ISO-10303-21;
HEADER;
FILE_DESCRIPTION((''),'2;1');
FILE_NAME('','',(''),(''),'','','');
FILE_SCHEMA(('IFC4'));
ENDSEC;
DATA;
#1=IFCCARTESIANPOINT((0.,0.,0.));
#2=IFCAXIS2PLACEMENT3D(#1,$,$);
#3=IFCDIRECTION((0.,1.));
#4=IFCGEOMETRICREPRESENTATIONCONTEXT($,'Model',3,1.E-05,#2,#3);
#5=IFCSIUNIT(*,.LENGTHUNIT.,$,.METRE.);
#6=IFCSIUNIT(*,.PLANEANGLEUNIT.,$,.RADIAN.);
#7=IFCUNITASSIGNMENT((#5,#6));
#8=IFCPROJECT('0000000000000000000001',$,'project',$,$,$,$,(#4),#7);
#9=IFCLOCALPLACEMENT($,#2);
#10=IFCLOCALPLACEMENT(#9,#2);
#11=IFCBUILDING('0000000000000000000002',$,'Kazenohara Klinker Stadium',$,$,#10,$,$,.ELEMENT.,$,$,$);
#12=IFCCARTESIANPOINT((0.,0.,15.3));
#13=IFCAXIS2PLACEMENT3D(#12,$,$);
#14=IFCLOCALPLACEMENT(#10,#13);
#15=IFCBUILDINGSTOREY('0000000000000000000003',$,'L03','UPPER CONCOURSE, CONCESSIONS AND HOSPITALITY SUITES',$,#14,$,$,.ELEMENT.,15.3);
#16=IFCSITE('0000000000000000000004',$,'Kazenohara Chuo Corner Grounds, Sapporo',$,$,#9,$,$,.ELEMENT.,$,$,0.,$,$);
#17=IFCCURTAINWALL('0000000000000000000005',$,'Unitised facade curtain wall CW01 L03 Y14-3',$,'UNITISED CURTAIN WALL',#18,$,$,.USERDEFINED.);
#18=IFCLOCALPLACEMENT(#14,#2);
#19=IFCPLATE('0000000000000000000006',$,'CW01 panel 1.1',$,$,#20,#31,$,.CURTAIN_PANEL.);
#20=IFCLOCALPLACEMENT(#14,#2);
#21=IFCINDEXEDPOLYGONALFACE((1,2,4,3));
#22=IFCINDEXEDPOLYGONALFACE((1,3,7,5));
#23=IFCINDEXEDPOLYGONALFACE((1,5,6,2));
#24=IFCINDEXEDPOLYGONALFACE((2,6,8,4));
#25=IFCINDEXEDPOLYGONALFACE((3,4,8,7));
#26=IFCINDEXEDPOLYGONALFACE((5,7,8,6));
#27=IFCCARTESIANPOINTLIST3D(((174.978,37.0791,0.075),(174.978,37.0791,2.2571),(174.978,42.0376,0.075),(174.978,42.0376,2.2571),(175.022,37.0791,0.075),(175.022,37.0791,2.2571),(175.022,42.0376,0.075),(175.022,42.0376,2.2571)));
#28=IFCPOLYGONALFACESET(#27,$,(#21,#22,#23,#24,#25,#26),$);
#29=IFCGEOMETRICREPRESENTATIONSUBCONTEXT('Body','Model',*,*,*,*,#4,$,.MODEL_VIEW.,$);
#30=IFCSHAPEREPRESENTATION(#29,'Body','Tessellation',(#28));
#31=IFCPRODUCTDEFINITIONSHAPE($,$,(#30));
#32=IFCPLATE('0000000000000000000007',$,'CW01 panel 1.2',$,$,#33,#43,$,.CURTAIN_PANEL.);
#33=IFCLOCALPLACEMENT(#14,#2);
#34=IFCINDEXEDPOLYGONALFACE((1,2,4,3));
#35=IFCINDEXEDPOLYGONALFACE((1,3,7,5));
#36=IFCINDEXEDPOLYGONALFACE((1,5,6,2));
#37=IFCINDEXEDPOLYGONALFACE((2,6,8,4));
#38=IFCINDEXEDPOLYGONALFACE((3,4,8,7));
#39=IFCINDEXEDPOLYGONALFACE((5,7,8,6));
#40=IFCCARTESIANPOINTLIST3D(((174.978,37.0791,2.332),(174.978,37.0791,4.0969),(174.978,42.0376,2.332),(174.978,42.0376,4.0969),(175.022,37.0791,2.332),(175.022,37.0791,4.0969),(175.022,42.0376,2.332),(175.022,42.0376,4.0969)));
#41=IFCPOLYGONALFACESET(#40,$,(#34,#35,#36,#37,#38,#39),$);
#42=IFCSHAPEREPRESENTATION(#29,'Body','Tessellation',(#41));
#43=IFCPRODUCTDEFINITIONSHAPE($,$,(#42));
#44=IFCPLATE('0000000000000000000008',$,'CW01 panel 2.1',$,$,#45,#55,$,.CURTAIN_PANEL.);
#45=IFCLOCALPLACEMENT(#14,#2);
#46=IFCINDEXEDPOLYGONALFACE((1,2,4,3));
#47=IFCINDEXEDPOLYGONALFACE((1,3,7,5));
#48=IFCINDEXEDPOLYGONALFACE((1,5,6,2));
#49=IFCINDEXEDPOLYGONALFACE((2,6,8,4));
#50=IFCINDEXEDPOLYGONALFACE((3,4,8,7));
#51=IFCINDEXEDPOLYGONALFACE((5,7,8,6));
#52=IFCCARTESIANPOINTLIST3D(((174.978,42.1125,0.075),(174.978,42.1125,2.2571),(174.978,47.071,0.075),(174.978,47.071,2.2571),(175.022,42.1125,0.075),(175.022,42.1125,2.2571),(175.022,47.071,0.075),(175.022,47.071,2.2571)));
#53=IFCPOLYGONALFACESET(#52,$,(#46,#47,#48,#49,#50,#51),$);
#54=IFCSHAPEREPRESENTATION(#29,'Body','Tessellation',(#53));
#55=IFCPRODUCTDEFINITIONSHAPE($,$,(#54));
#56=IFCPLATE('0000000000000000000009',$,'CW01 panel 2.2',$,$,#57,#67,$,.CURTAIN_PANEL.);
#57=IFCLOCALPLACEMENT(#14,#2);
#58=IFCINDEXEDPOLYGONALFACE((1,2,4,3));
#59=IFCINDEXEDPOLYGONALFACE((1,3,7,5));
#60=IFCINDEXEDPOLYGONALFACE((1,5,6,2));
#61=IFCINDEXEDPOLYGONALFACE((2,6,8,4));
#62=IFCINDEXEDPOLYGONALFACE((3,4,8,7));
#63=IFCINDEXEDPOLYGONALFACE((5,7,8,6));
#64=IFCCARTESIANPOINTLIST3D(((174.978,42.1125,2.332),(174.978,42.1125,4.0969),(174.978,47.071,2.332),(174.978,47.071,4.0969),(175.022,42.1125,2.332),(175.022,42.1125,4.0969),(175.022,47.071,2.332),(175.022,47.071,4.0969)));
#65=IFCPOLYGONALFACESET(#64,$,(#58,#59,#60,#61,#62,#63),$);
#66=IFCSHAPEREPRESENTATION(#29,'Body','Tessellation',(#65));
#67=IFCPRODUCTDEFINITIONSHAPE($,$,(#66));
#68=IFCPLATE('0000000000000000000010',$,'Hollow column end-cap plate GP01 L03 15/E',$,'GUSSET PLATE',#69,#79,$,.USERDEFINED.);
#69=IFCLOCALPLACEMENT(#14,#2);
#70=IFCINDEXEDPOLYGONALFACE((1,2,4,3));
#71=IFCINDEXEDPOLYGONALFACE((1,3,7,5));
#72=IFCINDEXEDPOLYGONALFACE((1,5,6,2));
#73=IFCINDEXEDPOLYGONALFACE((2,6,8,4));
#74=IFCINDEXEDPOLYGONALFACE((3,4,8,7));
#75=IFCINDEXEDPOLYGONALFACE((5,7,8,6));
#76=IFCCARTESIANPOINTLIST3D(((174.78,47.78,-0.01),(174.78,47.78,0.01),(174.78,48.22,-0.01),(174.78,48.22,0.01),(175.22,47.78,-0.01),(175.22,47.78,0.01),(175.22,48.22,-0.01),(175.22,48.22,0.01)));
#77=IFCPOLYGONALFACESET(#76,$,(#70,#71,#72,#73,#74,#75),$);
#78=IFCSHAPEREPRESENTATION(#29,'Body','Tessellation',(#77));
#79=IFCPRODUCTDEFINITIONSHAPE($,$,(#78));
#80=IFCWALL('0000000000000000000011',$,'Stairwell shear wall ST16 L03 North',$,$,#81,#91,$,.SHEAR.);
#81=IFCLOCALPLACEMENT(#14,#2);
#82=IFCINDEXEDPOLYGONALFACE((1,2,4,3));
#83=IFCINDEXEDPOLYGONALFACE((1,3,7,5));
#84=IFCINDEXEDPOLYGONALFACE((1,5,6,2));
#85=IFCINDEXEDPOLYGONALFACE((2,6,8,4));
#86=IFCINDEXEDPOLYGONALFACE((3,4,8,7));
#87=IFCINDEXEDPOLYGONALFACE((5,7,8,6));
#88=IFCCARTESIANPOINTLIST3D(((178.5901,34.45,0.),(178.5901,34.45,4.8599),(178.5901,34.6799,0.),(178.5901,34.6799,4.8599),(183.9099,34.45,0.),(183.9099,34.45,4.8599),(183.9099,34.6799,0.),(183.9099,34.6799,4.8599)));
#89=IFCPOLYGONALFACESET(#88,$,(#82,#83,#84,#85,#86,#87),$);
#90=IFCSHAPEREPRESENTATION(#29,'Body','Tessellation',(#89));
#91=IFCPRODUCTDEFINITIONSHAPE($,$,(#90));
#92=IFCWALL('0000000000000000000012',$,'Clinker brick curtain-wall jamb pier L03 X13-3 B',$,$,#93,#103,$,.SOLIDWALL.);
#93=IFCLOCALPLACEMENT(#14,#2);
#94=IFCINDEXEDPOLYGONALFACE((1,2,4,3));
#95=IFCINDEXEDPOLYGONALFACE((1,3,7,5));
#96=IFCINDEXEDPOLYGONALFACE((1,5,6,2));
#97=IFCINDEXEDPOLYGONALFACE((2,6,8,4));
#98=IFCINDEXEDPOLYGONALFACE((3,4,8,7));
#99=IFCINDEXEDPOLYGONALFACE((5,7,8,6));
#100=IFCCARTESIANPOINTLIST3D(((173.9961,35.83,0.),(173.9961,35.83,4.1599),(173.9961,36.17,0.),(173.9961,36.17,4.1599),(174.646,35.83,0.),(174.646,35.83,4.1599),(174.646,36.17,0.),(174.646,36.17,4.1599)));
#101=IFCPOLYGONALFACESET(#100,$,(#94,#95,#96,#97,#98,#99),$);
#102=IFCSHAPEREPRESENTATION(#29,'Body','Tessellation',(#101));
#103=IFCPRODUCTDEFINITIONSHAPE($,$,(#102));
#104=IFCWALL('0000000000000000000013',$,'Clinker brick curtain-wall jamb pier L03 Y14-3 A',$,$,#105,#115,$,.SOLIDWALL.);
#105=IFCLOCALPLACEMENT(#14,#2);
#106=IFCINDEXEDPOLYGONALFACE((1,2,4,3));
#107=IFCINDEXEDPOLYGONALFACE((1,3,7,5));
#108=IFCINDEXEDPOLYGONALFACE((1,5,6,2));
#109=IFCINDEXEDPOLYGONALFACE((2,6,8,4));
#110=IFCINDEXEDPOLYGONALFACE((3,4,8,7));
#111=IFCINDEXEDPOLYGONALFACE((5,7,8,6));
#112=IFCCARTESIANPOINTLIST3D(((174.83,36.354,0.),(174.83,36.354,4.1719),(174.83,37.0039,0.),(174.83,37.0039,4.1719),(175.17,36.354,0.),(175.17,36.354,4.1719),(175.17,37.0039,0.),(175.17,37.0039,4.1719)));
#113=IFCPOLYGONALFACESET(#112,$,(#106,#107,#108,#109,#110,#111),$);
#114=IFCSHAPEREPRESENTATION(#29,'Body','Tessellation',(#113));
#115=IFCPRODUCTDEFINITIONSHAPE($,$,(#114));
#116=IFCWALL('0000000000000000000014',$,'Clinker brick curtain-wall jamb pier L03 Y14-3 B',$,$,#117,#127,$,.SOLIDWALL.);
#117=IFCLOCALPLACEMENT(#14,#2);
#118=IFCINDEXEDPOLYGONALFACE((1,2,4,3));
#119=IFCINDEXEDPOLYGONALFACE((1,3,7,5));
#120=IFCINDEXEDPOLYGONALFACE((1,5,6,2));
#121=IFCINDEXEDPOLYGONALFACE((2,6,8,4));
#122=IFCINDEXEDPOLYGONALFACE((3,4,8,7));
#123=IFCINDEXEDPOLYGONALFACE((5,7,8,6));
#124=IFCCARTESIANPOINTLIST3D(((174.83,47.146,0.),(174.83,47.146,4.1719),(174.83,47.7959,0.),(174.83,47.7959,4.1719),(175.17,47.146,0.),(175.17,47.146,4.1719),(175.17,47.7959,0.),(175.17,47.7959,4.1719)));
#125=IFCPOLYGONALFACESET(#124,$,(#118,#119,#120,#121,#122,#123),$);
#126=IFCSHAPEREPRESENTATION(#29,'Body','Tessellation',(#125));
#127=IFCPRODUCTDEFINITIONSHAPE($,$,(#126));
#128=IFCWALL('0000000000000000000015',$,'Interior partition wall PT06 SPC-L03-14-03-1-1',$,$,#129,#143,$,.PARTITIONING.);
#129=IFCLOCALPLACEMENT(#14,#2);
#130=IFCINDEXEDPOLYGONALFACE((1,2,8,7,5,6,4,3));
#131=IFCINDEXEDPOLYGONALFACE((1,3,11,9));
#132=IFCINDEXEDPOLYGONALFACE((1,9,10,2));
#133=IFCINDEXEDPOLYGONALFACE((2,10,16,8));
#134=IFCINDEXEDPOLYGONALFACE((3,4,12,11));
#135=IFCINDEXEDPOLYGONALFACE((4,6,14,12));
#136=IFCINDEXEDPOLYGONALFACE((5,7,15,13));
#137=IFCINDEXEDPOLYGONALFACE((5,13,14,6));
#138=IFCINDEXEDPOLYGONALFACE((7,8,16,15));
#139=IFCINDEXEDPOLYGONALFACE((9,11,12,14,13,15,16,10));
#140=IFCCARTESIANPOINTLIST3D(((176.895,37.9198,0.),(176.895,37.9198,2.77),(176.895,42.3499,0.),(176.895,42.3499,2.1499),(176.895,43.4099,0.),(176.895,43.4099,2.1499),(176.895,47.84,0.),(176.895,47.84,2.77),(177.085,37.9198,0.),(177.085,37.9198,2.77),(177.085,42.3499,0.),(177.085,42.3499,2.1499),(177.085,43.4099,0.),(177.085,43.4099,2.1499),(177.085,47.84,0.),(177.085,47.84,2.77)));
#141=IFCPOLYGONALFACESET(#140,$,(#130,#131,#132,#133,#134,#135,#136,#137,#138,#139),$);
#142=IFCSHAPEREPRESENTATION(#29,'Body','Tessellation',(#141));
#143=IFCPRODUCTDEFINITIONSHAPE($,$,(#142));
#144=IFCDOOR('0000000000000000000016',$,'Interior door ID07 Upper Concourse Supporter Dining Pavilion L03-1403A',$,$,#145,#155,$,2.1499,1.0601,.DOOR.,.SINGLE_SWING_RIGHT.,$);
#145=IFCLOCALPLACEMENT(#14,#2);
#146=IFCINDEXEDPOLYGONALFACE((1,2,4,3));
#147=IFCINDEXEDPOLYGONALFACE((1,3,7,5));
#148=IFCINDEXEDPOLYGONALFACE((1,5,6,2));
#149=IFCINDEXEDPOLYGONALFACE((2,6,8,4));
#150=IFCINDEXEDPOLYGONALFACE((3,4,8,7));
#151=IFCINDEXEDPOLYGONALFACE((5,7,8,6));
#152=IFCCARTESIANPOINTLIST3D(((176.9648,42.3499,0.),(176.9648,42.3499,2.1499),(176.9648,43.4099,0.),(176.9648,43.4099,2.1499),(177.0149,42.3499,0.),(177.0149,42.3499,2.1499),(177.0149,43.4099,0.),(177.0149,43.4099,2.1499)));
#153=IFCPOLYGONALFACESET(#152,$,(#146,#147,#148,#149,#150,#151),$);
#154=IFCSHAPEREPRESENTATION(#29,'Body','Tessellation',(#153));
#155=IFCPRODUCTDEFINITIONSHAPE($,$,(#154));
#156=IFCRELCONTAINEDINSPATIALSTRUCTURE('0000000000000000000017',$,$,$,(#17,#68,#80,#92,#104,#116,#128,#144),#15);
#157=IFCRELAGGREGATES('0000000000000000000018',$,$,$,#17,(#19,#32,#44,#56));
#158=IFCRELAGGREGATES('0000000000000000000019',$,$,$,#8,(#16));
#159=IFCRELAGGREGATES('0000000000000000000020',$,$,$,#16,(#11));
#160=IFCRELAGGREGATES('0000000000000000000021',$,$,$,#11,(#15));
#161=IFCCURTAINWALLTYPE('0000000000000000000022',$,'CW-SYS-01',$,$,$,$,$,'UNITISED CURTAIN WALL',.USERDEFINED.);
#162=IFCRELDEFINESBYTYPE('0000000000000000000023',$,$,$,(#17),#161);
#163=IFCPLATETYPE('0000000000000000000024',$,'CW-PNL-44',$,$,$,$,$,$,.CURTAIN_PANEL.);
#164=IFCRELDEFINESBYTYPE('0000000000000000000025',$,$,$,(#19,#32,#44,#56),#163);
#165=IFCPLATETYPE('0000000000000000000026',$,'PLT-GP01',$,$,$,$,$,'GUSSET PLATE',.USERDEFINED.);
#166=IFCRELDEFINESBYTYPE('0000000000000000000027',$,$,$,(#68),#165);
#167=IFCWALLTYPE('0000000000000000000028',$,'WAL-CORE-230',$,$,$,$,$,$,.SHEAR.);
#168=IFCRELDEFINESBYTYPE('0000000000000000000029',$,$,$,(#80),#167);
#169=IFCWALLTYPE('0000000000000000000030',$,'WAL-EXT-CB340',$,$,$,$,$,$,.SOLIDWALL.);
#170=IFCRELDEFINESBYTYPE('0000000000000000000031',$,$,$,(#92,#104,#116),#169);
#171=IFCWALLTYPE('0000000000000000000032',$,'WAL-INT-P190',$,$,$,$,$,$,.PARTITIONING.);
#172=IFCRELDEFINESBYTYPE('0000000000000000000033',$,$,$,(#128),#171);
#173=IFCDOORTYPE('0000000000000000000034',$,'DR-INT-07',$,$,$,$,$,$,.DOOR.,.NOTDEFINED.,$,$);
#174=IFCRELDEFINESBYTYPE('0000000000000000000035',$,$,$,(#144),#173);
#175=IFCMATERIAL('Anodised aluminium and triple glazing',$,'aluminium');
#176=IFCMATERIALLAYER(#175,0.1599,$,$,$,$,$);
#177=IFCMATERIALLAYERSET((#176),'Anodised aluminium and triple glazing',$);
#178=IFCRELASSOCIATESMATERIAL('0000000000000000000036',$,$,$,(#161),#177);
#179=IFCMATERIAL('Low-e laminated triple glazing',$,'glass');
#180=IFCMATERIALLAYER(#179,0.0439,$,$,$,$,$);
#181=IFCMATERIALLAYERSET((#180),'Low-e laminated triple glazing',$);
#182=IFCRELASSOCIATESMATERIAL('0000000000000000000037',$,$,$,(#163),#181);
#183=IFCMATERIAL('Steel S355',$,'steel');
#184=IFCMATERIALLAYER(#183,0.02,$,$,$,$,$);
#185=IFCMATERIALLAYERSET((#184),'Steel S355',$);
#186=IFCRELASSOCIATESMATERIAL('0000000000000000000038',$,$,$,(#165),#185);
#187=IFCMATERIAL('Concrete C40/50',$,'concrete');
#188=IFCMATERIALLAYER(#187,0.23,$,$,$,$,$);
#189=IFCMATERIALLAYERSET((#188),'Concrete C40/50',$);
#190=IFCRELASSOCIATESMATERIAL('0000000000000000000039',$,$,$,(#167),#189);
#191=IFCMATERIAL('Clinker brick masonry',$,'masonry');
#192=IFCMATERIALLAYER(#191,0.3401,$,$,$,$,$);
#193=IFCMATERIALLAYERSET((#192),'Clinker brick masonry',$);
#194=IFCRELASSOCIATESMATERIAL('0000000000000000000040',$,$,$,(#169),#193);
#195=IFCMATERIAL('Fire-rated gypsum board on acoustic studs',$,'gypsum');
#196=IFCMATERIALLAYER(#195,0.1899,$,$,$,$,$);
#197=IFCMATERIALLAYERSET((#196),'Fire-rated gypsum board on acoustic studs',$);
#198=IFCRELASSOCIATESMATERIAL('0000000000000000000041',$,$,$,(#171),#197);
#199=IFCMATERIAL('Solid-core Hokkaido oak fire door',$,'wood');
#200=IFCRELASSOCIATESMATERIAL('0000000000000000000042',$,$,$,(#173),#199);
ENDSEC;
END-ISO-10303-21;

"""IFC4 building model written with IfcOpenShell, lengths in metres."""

from ifc_helpers import new_model, si_unit, direction, frame, frame_2d, origin, origin_2d, place, context, subcontext, project, spatial, rectangle, extrude, material, layer, layer_set, type_object, element, fill, aggregate, save


model = new_model("IFC4")

# Units and contexts
model_context = context("Model", 3, precision=1e-05, world=origin(), true_north=direction((0.0, 1.0)))
body_context = subcontext(model_context, "Body", "Model", "MODEL_VIEW")
ifc_project = project(units=[si_unit("LENGTHUNIT", "METRE"), si_unit("PLANEANGLEUNIT", "RADIAN")], contexts=[model_context])

# Site, building, storey
site_placement = place(None, origin())
site = spatial("IfcSite", under=ifc_project, at=site_placement, Name="Kazenohara Chuo Corner Grounds, Sapporo", CompositionType="ELEMENT", RefElevation=0.0)
building_placement = place(site_placement, origin())
building = spatial("IfcBuilding", under=site, at=building_placement, Name="Kazenohara Klinker Stadium", CompositionType="ELEMENT")
storey_placement = place(building_placement, frame((0.0, 0.0, 15.3)))
storey = spatial("IfcBuildingStorey", under=building, at=storey_placement, Name="L03", Description="UPPER CONCOURSE, CONCESSIONS AND HOSPITALITY SUITES", CompositionType="ELEMENT", Elevation=15.3)

# Shared definitions
ifc_material_1 = material(Name="Concrete C40/50", Category="concrete")
ifc_material_2 = material(Name="Steel S355", Category="steel")

# Shared definitions
ifc_material_3 = material(Name="Anodised aluminium and triple glazing", Category="aluminium")

# Curtain wall
ifc_layer_1 = layer(ifc_material_3, 0.1599)
ifc_layer_set_1 = layer_set([ifc_layer_1], Name="Anodised aluminium and triple glazing")
curtain_wall_type_1 = type_object("IfcCurtainWallType", Name="CW-SYS-01", ElementType="UNITISED CURTAIN WALL", PredefinedType="USERDEFINED", material=ifc_layer_set_1)
curtain_wall_1_placement = place(storey_placement, origin())
curtain_wall_1 = element("IfcCurtainWall", 1, at=curtain_wall_1_placement, inside=storey, type_object=curtain_wall_type_1, Name="Unitised facade curtain wall CW01 L03 Y14-3", ObjectType="UNITISED CURTAIN WALL", PredefinedType="USERDEFINED")

# Plates
ifc_material_4 = material(Name="Low-e laminated triple glazing", Category="glass")
ifc_layer_2 = layer(ifc_material_4, 0.0439)
ifc_layer_set_2 = layer_set([ifc_layer_2], Name="Low-e laminated triple glazing")
plate_type_1 = type_object("IfcPlateType", Name="CW-PNL-44", PredefinedType="CURTAIN_PANEL", material=ifc_layer_set_2)
plate_1_placement = place(storey_placement, frame((175.0, 39.5583, 0.075), z_axis=(0.0, 0.0, 1.0), x_axis=(0.0, 1.0, 0.0)))
plate_1 = element("IfcPlate", 2, at=plate_1_placement, type_object=plate_type_1, Name="CW01 panel 1.1", PredefinedType="CURTAIN_PANEL", context=body_context, shape_type="SweptSolid", body=[
    extrude(rectangle(XDim=4.9585, YDim=0.0439, at=origin_2d()), origin(), (0.0, 0.0, 1.0), 2.1821),
])
plate_2_placement = place(storey_placement, frame((175.0, 39.5583, 2.332), z_axis=(0.0, 0.0, 1.0), x_axis=(0.0, 1.0, 0.0)))
plate_2 = element("IfcPlate", 3, at=plate_2_placement, type_object=plate_type_1, Name="CW01 panel 1.2", PredefinedType="CURTAIN_PANEL", context=body_context, shape_type="SweptSolid", body=[
    extrude(rectangle(XDim=4.9585, YDim=0.0439, at=origin_2d()), origin(), (0.0, 0.0, 1.0), 1.7649),
])
plate_3_placement = place(storey_placement, frame((175.0, 44.5918, 0.075), z_axis=(0.0, 0.0, 1.0), x_axis=(0.0, 1.0, 0.0)))
plate_3 = element("IfcPlate", 4, at=plate_3_placement, type_object=plate_type_1, Name="CW01 panel 2.1", PredefinedType="CURTAIN_PANEL", context=body_context, shape_type="SweptSolid", body=[
    extrude(rectangle(XDim=4.9585, YDim=0.0439, at=origin_2d()), origin(), (0.0, 0.0, 1.0), 2.1821),
])
plate_4_placement = place(storey_placement, frame((175.0, 44.5918, 2.332), z_axis=(0.0, 0.0, 1.0), x_axis=(0.0, 1.0, 0.0)))
plate_4 = element("IfcPlate", 5, at=plate_4_placement, type_object=plate_type_1, Name="CW01 panel 2.2", PredefinedType="CURTAIN_PANEL", context=body_context, shape_type="SweptSolid", body=[
    extrude(rectangle(XDim=4.9585, YDim=0.0439, at=origin_2d()), origin(), (0.0, 0.0, 1.0), 1.7649),
])
aggregate(curtain_wall_1, [plate_1, plate_2, plate_3, plate_4])
ifc_layer_3 = layer(ifc_material_2, 0.02)
ifc_layer_set_3 = layer_set([ifc_layer_3], Name="Steel S355")
plate_type_2 = type_object("IfcPlateType", Name="PLT-GP01", ElementType="GUSSET PLATE", PredefinedType="USERDEFINED", material=ifc_layer_set_3)
plate_5_placement = place(storey_placement, frame((175.0, 48.0, -0.01), z_axis=(0.0, 0.0, 1.0), x_axis=(1.0, 0.0, 0.0)))
element("IfcPlate", 6, at=plate_5_placement, inside=storey, type_object=plate_type_2, Name="Hollow column end-cap plate GP01 L03 15/E", ObjectType="GUSSET PLATE", PredefinedType="USERDEFINED", context=body_context, shape_type="SweptSolid", body=[
    extrude(rectangle(XDim=0.4399, YDim=0.4399, at=origin_2d()), origin(), (0.0, 0.0, 1.0), 0.02),
])

# Walls
ifc_layer_4 = layer(ifc_material_1, 0.23)
ifc_layer_set_4 = layer_set([ifc_layer_4], Name="Concrete C40/50")
wall_type_1 = type_object("IfcWallType", Name="WAL-CORE-230", PredefinedType="SHEAR", material=ifc_layer_set_4)
wall_1_placement = place(storey_placement, frame((178.5901, 34.5649, 0.0), z_axis=(0.0, 0.0, 1.0), x_axis=(1.0, 0.0, 0.0)))
element("IfcWall", 7, at=wall_1_placement, inside=storey, type_object=wall_type_1, Name="Stairwell shear wall ST16 L03 North", PredefinedType="SHEAR", context=body_context, shape_type="SweptSolid", body=[
    extrude(rectangle(XDim=5.3198, YDim=0.23, at=frame_2d((2.6599, 0.0))), origin(), (0.0, 0.0, 1.0), 4.8599),
])
ifc_material_5 = material(Name="Clinker brick masonry", Category="masonry")
ifc_layer_5 = layer(ifc_material_5, 0.3401)
ifc_layer_set_5 = layer_set([ifc_layer_5], Name="Clinker brick masonry")
wall_type_2 = type_object("IfcWallType", Name="WAL-EXT-CB340", PredefinedType="SOLIDWALL", material=ifc_layer_set_5)
wall_2_placement = place(storey_placement, frame((173.9961, 36.0, 0.0), z_axis=(0.0, 0.0, 1.0), x_axis=(1.0, 0.0, 0.0)))
element("IfcWall", 8, at=wall_2_placement, inside=storey, type_object=wall_type_2, Name="Clinker brick curtain-wall jamb pier L03 X13-3 B", PredefinedType="SOLIDWALL", context=body_context, shape_type="SweptSolid", body=[
    extrude(rectangle(XDim=0.6499, YDim=0.3401, at=frame_2d((0.325, 0.0))), origin(), (0.0, 0.0, 1.0), 4.1599),
])
for number, where, z_axis, x_axis, name in (
    (9, (175.0, 36.354, 0.0), (0.0, 0.0, 1.0), (0.0, 1.0, 0.0), "Clinker brick curtain-wall jamb pier L03 Y14-3 A"),
    (10, (175.0, 47.146, 0.0), (0.0, 0.0, 1.0), (0.0, 1.0, 0.0), "Clinker brick curtain-wall jamb pier L03 Y14-3 B"),
):
    element("IfcWall", number, at=place(storey_placement, frame(where, z_axis=z_axis, x_axis=x_axis)), inside=storey, type_object=wall_type_2, Name=name, PredefinedType="SOLIDWALL", context=body_context, shape_type="SweptSolid", body=[
        extrude(rectangle(XDim=0.6499, YDim=0.3401, at=frame_2d((0.325, 0.0))), origin(), (0.0, 0.0, 1.0), 4.1719),
    ])

# Wall, opening, door
ifc_material_6 = material(Name="Fire-rated gypsum board on acoustic studs", Category="gypsum")
ifc_layer_6 = layer(ifc_material_6, 0.1899)
ifc_layer_set_6 = layer_set([ifc_layer_6], Name="Fire-rated gypsum board on acoustic studs")
wall_type_3 = type_object("IfcWallType", Name="WAL-INT-P190", PredefinedType="PARTITIONING", material=ifc_layer_set_6)
wall_3_placement = place(storey_placement, frame((176.99, 37.9199, 0.0), z_axis=(0.0, 0.0, 1.0), x_axis=(0.0, 1.0, 0.0)))
wall_3 = element("IfcWall", 11, at=wall_3_placement, inside=storey, type_object=wall_type_3, Name="Interior partition wall PT06 SPC-L03-14-03-1-1", PredefinedType="PARTITIONING", context=body_context, shape_type="SweptSolid", body=[
    extrude(rectangle(XDim=9.9202, YDim=0.1899, at=frame_2d((4.96, 0.0))), origin(), (0.0, 0.0, 1.0), 2.77),
])
opening_placement = place(wall_3_placement, frame((5.49, 0.0, 0.0), z_axis=(0.0, 0.0, 1.0), x_axis=(-1.0, 0.0, 0.0)))
opening = element("IfcOpeningElement", 12, at=opening_placement, cuts=wall_3, PredefinedType="OPENING", context=body_context, shape_type="SweptSolid", body=[
    extrude(rectangle(XDim=1.0601, YDim=2.1499, at=frame_2d((0.53, 1.075))), frame((0.0, 0.105, 0.0), z_axis=(0.0, -1.0, 0.0), x_axis=(1.0, 0.0, 0.0)), (0.0, 0.0, 1.0), 0.21),
])
ifc_material_7 = material(Name="Solid-core Hokkaido oak fire door", Category="wood")
door_type = type_object("IfcDoorType", Name="DR-INT-07", OperationType="NOTDEFINED", PredefinedType="DOOR", material=ifc_material_7)
door_placement = place(opening_placement, origin())
door = element("IfcDoor", 13, at=door_placement, inside=storey, type_object=door_type, Name="Interior door ID07 Upper Concourse Supporter Dining Pavilion L03-1403A", OperationType="SINGLE_SWING_RIGHT", OverallHeight=2.1499, OverallWidth=1.0601, PredefinedType="DOOR", context=body_context, shape_type="SweptSolid", body=[
    extrude(rectangle(XDim=1.0601, YDim=2.1499, at=frame_2d((0.53, 1.075))), frame((0.0, 0.0249, 0.0), z_axis=(0.0, -1.0, 0.0), x_axis=(1.0, 0.0, 0.0)), (0.0, 0.0, 1.0), 0.05),
])
fill(opening, door)

save(model, "model.ifc")
